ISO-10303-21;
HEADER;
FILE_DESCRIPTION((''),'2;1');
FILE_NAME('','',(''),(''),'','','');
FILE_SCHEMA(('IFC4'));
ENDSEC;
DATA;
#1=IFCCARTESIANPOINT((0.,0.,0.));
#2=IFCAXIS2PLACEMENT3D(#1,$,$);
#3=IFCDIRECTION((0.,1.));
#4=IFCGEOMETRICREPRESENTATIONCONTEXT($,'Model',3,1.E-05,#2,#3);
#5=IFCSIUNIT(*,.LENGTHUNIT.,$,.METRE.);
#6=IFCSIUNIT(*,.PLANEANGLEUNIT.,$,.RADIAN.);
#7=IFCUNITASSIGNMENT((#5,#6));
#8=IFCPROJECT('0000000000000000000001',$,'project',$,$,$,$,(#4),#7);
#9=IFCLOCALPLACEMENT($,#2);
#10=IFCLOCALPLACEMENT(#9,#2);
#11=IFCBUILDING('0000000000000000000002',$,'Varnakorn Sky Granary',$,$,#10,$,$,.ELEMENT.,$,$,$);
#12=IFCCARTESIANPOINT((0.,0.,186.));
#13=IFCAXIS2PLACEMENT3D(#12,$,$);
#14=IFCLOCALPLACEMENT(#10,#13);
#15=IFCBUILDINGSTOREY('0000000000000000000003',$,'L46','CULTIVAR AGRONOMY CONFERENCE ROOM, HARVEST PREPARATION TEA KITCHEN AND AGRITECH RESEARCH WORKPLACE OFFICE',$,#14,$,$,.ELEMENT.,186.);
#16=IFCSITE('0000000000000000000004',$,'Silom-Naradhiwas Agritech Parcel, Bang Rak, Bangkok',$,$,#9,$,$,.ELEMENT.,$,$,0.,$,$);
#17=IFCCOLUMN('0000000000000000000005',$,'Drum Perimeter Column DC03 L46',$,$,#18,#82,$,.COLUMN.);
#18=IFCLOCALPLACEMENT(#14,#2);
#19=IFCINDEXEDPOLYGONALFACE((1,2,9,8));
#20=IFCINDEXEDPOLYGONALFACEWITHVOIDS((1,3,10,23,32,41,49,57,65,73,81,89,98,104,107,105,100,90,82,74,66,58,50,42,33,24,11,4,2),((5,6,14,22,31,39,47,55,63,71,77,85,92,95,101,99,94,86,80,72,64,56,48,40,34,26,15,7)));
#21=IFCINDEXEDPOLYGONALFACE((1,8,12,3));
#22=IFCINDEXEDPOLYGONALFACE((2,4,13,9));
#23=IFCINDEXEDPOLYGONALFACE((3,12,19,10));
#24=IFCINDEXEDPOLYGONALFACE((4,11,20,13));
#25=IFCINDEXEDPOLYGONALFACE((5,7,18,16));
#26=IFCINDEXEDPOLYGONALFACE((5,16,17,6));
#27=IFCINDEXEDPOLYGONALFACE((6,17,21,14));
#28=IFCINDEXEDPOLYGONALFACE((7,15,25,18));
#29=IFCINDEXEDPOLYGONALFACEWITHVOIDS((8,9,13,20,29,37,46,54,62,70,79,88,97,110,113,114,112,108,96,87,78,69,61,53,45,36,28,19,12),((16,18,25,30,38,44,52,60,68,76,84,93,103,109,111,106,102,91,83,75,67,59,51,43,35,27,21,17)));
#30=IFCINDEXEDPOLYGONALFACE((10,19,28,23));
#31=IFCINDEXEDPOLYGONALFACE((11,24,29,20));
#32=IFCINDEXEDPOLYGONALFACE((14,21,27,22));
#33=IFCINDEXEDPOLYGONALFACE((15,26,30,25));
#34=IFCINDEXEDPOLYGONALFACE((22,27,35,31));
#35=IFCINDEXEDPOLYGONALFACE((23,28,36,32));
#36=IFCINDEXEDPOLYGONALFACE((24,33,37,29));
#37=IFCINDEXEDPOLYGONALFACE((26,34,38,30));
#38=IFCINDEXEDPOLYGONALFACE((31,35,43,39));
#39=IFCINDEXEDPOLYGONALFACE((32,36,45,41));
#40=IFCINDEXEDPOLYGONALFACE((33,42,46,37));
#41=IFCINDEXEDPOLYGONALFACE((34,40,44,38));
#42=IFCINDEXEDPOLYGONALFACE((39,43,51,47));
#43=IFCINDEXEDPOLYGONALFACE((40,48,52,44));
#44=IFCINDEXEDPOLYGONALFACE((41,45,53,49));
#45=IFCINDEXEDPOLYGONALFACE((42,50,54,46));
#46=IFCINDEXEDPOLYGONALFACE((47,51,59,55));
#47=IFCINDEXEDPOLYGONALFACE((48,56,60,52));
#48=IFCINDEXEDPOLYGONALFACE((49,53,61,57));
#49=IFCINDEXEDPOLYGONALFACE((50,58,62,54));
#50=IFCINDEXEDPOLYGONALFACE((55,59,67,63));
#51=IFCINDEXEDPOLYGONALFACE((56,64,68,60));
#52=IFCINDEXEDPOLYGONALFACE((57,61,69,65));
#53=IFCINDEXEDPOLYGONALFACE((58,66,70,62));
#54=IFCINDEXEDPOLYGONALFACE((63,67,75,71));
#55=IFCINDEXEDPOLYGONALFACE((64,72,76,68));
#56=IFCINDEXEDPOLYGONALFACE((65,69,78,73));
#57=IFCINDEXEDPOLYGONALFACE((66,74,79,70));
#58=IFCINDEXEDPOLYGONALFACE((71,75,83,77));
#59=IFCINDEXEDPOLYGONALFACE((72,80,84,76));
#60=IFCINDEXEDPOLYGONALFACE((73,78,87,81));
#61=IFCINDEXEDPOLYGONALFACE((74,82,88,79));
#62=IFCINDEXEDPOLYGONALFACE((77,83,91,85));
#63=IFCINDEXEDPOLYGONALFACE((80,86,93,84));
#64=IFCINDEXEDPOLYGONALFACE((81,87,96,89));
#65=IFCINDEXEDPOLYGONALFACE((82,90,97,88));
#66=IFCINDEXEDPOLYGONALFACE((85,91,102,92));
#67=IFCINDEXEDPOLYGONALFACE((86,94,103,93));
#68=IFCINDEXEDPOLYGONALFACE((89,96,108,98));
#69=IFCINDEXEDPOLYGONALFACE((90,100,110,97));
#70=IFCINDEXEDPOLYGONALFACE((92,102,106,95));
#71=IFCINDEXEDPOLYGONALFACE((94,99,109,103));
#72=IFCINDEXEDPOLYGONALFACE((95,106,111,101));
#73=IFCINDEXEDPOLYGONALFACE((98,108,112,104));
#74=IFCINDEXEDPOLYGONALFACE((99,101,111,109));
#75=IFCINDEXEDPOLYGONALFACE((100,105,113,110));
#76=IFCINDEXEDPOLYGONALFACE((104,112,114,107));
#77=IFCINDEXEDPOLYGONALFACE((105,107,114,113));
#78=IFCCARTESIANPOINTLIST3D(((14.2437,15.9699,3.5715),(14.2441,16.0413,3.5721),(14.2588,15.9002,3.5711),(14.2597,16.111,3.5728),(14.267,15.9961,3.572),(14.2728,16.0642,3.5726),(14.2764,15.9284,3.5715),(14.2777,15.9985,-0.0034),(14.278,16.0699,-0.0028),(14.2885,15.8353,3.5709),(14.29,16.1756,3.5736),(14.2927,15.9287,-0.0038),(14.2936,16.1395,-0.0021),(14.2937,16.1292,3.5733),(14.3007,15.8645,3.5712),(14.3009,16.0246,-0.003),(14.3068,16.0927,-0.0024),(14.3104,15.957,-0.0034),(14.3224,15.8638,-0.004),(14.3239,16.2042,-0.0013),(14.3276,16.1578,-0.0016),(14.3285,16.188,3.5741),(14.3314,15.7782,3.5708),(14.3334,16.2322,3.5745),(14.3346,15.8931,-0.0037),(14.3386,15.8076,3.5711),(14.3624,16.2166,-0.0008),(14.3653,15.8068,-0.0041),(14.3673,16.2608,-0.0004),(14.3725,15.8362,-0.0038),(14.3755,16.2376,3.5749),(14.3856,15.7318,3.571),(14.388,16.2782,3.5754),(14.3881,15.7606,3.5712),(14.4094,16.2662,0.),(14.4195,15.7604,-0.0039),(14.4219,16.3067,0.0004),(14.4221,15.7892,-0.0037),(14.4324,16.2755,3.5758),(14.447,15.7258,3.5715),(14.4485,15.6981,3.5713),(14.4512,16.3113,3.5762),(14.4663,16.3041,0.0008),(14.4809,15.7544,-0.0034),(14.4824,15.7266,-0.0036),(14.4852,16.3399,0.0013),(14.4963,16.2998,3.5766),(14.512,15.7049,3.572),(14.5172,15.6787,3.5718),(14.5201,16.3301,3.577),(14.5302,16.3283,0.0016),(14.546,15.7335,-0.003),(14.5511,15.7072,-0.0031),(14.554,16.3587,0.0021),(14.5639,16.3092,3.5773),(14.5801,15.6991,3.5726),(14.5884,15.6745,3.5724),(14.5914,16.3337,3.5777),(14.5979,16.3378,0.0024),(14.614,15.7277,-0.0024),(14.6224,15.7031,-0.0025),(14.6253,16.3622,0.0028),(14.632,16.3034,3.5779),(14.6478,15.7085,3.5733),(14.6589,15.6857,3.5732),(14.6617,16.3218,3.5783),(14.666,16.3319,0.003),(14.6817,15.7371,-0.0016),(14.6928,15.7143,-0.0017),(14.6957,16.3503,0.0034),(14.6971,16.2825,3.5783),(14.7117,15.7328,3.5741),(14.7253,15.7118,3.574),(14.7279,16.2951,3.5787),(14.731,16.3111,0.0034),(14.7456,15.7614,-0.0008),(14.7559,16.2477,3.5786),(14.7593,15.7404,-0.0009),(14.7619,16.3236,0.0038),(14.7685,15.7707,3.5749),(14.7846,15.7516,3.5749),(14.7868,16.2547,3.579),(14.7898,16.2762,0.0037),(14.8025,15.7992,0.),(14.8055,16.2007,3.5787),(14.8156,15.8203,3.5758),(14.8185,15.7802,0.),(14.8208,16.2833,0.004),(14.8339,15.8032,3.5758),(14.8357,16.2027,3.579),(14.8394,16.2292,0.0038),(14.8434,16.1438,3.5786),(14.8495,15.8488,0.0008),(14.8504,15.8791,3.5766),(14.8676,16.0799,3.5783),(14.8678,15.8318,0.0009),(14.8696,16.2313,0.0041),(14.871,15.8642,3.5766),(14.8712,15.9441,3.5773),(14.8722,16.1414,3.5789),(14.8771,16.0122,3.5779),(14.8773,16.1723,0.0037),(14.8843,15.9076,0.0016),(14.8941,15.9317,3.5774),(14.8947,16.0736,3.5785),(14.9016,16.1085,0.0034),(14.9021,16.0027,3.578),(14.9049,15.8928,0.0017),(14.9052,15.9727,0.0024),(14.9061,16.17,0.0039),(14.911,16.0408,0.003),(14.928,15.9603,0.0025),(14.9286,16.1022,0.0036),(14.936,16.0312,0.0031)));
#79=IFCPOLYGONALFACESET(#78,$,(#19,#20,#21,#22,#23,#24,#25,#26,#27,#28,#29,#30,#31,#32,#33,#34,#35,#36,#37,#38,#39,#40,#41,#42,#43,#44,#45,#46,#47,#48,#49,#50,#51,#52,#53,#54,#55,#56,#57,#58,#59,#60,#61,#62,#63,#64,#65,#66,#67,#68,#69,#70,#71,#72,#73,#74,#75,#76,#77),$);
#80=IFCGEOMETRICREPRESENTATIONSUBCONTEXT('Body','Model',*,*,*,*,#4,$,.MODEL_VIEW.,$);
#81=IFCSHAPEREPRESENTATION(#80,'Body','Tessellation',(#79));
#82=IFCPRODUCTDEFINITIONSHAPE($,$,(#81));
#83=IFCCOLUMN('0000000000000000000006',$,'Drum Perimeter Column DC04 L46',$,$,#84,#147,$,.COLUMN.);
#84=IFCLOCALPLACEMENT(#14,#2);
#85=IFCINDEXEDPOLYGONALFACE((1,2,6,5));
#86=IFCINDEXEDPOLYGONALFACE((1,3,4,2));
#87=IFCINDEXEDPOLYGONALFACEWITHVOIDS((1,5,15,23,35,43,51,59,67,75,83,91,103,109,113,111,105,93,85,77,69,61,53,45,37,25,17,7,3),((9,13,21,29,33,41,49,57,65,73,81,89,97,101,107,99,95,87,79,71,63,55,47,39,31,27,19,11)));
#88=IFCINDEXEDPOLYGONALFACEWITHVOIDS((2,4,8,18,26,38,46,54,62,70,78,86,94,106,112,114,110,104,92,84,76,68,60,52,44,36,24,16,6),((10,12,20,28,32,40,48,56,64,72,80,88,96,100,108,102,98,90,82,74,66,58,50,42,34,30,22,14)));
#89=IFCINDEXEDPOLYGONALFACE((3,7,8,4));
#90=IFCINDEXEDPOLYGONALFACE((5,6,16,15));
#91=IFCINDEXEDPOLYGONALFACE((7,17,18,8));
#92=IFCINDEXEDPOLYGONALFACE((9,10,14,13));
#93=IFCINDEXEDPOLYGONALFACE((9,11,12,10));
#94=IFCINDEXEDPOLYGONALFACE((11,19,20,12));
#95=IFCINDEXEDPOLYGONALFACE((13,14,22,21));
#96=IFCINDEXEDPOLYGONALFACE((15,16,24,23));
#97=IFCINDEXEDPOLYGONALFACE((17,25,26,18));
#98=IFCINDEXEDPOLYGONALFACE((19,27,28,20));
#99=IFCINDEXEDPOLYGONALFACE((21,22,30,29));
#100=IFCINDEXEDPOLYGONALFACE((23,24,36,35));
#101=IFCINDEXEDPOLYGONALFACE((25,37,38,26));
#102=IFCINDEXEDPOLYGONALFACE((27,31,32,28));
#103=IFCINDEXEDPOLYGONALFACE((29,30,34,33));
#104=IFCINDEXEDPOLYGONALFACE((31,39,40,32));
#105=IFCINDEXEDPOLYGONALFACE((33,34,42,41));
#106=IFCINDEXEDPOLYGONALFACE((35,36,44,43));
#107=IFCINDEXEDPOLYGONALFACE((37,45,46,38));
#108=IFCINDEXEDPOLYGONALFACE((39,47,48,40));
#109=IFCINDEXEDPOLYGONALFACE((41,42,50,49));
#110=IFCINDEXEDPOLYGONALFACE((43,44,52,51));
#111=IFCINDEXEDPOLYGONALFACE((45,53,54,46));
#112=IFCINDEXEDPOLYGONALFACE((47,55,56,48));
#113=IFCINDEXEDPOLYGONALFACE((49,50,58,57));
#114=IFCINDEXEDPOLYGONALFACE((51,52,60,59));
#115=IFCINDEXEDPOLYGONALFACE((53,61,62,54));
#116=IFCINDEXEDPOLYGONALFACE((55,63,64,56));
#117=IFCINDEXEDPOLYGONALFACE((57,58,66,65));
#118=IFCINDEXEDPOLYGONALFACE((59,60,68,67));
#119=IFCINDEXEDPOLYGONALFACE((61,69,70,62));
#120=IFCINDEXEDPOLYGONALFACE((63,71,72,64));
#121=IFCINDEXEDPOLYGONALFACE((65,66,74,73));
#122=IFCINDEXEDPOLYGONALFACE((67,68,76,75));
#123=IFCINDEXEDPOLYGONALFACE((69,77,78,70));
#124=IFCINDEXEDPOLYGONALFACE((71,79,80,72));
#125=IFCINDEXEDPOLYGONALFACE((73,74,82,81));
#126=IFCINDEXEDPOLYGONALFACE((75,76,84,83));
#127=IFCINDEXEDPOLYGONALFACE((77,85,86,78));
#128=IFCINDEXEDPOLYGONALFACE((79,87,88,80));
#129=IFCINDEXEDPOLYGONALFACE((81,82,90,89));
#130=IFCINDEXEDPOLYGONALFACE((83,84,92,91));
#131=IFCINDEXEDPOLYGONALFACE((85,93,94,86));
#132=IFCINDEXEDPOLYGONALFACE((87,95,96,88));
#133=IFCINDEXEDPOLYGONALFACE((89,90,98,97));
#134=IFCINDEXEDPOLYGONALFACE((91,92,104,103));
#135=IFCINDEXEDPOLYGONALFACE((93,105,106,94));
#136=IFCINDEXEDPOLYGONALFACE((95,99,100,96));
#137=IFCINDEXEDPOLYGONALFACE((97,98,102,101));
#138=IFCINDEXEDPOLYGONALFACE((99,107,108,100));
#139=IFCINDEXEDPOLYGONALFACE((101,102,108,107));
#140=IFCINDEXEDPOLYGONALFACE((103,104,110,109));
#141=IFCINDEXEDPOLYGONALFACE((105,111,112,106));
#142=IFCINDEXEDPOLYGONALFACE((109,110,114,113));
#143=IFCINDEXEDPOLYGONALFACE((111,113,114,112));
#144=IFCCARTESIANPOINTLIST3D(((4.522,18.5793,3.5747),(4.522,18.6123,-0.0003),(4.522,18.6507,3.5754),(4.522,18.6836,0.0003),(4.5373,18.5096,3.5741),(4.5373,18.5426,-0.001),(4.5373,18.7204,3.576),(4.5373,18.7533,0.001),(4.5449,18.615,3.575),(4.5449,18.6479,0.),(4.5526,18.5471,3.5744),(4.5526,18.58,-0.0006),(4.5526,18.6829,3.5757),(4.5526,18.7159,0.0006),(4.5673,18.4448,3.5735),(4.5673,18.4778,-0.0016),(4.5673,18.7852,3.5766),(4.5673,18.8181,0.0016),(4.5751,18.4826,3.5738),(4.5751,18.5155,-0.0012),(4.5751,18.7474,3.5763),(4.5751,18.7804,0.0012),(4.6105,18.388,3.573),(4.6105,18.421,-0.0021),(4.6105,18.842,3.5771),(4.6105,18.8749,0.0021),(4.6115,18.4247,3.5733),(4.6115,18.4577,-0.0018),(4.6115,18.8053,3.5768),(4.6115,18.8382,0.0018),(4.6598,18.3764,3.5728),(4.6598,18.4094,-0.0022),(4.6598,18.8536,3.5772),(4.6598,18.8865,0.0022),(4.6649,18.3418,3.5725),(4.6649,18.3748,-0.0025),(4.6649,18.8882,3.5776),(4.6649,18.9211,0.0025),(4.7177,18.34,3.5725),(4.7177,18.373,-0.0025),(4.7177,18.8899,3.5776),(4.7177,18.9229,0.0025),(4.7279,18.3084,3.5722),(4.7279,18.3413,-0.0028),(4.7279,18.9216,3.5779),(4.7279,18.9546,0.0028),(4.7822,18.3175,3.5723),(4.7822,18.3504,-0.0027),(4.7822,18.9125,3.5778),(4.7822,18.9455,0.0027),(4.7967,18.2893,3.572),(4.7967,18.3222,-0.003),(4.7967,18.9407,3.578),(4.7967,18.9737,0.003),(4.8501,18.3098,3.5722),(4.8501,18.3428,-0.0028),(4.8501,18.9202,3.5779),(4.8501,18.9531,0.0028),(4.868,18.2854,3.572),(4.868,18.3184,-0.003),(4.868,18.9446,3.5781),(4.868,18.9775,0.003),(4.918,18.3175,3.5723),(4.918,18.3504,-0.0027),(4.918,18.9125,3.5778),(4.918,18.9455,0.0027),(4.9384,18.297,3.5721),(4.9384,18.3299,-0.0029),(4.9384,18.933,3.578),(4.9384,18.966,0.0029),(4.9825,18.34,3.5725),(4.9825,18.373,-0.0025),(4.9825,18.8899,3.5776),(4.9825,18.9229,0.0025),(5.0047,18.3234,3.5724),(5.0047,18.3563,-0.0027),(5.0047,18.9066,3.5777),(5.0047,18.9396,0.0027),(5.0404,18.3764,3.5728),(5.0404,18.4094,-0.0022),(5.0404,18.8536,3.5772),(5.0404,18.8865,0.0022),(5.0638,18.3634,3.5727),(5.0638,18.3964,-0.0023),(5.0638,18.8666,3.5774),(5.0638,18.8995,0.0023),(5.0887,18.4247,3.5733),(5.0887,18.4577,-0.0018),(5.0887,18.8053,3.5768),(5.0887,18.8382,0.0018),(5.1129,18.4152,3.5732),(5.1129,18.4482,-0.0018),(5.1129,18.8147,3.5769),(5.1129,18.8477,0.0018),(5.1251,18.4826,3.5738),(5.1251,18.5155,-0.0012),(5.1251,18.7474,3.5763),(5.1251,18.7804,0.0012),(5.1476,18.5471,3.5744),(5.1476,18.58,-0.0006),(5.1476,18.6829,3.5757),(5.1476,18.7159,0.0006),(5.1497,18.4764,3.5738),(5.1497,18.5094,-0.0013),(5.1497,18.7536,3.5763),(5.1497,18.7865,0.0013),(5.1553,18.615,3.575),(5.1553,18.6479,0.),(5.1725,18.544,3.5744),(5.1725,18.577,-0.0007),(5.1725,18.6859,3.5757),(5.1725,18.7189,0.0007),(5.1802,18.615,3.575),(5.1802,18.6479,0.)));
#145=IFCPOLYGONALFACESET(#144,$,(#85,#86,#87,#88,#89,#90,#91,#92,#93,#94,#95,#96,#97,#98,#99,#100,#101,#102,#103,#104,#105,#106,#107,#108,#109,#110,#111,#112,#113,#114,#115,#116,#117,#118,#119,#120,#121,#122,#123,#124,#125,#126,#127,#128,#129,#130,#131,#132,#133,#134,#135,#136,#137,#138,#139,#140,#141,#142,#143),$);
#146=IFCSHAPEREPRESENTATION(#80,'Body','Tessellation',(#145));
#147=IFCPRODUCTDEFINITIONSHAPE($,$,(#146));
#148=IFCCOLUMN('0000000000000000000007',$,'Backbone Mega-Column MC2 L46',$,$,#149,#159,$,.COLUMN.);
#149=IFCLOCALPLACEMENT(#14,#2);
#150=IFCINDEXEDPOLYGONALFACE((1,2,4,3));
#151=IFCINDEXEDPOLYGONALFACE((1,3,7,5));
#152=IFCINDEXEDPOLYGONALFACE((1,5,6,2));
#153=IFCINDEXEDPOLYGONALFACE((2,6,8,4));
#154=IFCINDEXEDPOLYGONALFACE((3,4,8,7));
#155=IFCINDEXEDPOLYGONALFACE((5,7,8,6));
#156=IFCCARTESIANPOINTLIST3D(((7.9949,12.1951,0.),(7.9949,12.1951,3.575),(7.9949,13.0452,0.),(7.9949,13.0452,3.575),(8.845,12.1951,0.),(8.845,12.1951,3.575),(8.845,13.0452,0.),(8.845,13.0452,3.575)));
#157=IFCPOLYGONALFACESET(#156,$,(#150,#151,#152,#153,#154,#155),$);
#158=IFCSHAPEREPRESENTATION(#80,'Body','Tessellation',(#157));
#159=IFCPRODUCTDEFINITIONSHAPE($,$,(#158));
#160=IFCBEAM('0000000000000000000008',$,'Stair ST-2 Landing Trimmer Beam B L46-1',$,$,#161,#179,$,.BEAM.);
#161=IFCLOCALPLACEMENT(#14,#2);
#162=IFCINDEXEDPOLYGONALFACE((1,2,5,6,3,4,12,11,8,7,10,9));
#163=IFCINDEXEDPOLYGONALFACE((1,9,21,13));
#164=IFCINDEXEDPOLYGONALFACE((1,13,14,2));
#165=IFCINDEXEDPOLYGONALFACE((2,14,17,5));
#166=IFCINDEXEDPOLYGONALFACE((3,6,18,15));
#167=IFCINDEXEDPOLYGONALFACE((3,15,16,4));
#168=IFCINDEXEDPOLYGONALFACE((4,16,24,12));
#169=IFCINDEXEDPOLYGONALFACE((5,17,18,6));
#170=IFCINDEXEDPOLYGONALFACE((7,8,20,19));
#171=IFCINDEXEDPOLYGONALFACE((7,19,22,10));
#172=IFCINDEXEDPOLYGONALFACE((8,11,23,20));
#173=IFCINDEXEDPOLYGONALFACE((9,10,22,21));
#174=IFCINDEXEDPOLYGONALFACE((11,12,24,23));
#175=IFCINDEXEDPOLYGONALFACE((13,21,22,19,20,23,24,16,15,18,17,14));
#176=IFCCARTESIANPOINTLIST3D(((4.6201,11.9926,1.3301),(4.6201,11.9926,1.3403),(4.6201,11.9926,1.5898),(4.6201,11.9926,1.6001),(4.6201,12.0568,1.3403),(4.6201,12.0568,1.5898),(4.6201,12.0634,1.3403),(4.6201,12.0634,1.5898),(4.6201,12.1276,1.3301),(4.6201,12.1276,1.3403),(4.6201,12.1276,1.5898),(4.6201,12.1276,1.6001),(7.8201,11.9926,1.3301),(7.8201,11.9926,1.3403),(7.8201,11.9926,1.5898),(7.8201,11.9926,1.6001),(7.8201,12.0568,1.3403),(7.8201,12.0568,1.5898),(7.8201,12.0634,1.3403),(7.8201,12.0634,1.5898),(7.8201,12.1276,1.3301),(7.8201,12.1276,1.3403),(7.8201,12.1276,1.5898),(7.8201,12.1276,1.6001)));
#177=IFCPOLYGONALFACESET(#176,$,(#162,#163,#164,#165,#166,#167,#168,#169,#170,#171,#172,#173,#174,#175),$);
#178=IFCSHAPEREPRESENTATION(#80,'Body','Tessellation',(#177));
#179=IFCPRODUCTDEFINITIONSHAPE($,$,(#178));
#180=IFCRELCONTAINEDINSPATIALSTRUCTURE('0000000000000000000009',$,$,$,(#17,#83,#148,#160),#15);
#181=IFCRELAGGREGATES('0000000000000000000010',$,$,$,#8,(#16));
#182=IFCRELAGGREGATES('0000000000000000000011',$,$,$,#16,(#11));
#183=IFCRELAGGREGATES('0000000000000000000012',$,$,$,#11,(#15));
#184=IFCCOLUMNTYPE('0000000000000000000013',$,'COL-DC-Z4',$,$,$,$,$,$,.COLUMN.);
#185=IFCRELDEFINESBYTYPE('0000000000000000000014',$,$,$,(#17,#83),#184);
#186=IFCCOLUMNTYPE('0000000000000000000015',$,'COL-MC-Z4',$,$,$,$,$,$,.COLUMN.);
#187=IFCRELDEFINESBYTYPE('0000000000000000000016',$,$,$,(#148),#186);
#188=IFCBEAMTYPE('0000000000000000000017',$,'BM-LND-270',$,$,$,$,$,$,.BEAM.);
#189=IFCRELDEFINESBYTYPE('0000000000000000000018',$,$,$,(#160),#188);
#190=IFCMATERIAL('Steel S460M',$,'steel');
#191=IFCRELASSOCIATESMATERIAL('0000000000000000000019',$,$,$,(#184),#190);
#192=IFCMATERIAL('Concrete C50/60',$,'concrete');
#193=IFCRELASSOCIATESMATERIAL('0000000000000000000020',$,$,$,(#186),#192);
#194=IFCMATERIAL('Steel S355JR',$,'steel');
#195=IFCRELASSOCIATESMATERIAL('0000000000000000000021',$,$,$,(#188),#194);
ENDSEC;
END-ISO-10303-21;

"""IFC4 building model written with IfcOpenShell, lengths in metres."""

from ifc_helpers import new_model, si_unit, direction, frame, origin, origin_2d, place, context, subcontext, project, spatial, rectangle, hollow_circle, i_section, extrude, material, material_profile, profile_set, type_object, element, save


model = new_model("IFC4")

# Units and contexts
model_context = context("Model", 3, precision=1e-05, world=origin(), true_north=direction((0.0, 1.0)))
body_context = subcontext(model_context, "Body", "Model", "MODEL_VIEW")
ifc_project = project(units=[si_unit("LENGTHUNIT", "METRE"), si_unit("PLANEANGLEUNIT", "RADIAN")], contexts=[model_context])

# Site, building, storey
site_placement = place(None, origin())
site = spatial("IfcSite", under=ifc_project, at=site_placement, Name="Silom-Naradhiwas Agritech Parcel, Bang Rak, Bangkok", CompositionType="ELEMENT", RefElevation=0.0)
building_placement = place(site_placement, origin())
building = spatial("IfcBuilding", under=site, at=building_placement, Name="Varnakorn Sky Granary", CompositionType="ELEMENT")
storey_placement = place(building_placement, frame((0.0, 0.0, 186.0)))
storey = spatial("IfcBuildingStorey", under=building, at=storey_placement, Name="L46", Description="CULTIVAR AGRONOMY CONFERENCE ROOM, HARVEST PREPARATION TEA KITCHEN AND AGRITECH RESEARCH WORKPLACE OFFICE", CompositionType="ELEMENT", Elevation=186.0)

# Columns
ifc_material_1 = material(Name="Steel S460M", Category="steel")
ifc_material_profile_1 = material_profile(ifc_material_1, hollow_circle(Radius=0.3301, WallThickness=0.0249, at=origin_2d()), Name="CHS 660x25")
ifc_profile_set_1 = profile_set([ifc_material_profile_1], Name="Steel S460M")
column_type_1 = type_object("IfcColumnType", Name="COL-DC-Z4", PredefinedType="COLUMN", material=ifc_profile_set_1)
for number, where, z_axis, x_axis, name in (
    (1, (14.606, 16.0327, 0.0), (-0.009492, -0.00799, 0.999923), (0.643966, -0.765054, 0.0), "Drum Perimeter Column DC03 L46"),
    (2, (4.8501, 18.6479, 0.0), (0.0, -0.009219, 0.999958), (1.0, 0.0, 0.0), "Drum Perimeter Column DC04 L46"),
):
    element("IfcColumn", number, at=place(storey_placement, frame(where, z_axis=z_axis, x_axis=x_axis)), inside=storey, type_object=column_type_1, Name=name, PredefinedType="COLUMN", context=body_context, shape_type="SweptSolid", body=[
        extrude(hollow_circle(Radius=0.3301, WallThickness=0.0249, at=origin_2d()), origin(), (0.0, 0.0, 1.0), 3.5752),
    ])
ifc_material_2 = material(Name="Concrete C50/60", Category="concrete")
ifc_material_profile_2 = material_profile(ifc_material_2, rectangle(XDim=0.8501, YDim=0.8501, at=origin_2d()), Name="RC 850x850")
ifc_profile_set_2 = profile_set([ifc_material_profile_2], Name="Concrete C50/60")
column_type_2 = type_object("IfcColumnType", Name="COL-MC-Z4", PredefinedType="COLUMN", material=ifc_profile_set_2)
column_placement = place(storey_placement, frame((8.4199, 12.6201, 0.0), z_axis=(0.0, 0.0, 1.0), x_axis=(1.0, 0.0, 0.0)))
element("IfcColumn", 3, at=column_placement, inside=storey, type_object=column_type_2, Name="Backbone Mega-Column MC2 L46", PredefinedType="COLUMN", context=body_context, shape_type="SweptSolid", body=[
    extrude(rectangle(XDim=0.8501, YDim=0.8501, at=origin_2d()), origin(), (0.0, 0.0, 1.0), 3.575),
])

# Beam
ifc_material_3 = material(Name="Steel S355JR", Category="steel")
ifc_material_profile_3 = material_profile(ifc_material_3, i_section(OverallWidth=0.135, OverallDepth=0.27, WebThickness=0.0066, FlangeThickness=0.0103, at=origin_2d()), Name="IPE 270")
ifc_profile_set_3 = profile_set([ifc_material_profile_3], Name="Steel S355JR")
beam_type_1 = type_object("IfcBeamType", Name="BM-LND-270", PredefinedType="BEAM", material=ifc_profile_set_3)
beam_1_placement = place(storey_placement, frame((4.6201, 12.0601, 1.4651), z_axis=(1.0, 0.0, 0.0), x_axis=(0.0, 1.0, 0.0)))
element("IfcBeam", 4, at=beam_1_placement, inside=storey, type_object=beam_type_1, Name="Stair ST-2 Landing Trimmer Beam B L46-1", PredefinedType="BEAM", context=body_context, shape_type="SweptSolid", body=[
    extrude(i_section(OverallWidth=0.135, OverallDepth=0.27, WebThickness=0.0066, FlangeThickness=0.0103, at=origin_2d()), origin(), (0.0, 0.0, 1.0), 3.2),
])

save(model, "model.ifc")
